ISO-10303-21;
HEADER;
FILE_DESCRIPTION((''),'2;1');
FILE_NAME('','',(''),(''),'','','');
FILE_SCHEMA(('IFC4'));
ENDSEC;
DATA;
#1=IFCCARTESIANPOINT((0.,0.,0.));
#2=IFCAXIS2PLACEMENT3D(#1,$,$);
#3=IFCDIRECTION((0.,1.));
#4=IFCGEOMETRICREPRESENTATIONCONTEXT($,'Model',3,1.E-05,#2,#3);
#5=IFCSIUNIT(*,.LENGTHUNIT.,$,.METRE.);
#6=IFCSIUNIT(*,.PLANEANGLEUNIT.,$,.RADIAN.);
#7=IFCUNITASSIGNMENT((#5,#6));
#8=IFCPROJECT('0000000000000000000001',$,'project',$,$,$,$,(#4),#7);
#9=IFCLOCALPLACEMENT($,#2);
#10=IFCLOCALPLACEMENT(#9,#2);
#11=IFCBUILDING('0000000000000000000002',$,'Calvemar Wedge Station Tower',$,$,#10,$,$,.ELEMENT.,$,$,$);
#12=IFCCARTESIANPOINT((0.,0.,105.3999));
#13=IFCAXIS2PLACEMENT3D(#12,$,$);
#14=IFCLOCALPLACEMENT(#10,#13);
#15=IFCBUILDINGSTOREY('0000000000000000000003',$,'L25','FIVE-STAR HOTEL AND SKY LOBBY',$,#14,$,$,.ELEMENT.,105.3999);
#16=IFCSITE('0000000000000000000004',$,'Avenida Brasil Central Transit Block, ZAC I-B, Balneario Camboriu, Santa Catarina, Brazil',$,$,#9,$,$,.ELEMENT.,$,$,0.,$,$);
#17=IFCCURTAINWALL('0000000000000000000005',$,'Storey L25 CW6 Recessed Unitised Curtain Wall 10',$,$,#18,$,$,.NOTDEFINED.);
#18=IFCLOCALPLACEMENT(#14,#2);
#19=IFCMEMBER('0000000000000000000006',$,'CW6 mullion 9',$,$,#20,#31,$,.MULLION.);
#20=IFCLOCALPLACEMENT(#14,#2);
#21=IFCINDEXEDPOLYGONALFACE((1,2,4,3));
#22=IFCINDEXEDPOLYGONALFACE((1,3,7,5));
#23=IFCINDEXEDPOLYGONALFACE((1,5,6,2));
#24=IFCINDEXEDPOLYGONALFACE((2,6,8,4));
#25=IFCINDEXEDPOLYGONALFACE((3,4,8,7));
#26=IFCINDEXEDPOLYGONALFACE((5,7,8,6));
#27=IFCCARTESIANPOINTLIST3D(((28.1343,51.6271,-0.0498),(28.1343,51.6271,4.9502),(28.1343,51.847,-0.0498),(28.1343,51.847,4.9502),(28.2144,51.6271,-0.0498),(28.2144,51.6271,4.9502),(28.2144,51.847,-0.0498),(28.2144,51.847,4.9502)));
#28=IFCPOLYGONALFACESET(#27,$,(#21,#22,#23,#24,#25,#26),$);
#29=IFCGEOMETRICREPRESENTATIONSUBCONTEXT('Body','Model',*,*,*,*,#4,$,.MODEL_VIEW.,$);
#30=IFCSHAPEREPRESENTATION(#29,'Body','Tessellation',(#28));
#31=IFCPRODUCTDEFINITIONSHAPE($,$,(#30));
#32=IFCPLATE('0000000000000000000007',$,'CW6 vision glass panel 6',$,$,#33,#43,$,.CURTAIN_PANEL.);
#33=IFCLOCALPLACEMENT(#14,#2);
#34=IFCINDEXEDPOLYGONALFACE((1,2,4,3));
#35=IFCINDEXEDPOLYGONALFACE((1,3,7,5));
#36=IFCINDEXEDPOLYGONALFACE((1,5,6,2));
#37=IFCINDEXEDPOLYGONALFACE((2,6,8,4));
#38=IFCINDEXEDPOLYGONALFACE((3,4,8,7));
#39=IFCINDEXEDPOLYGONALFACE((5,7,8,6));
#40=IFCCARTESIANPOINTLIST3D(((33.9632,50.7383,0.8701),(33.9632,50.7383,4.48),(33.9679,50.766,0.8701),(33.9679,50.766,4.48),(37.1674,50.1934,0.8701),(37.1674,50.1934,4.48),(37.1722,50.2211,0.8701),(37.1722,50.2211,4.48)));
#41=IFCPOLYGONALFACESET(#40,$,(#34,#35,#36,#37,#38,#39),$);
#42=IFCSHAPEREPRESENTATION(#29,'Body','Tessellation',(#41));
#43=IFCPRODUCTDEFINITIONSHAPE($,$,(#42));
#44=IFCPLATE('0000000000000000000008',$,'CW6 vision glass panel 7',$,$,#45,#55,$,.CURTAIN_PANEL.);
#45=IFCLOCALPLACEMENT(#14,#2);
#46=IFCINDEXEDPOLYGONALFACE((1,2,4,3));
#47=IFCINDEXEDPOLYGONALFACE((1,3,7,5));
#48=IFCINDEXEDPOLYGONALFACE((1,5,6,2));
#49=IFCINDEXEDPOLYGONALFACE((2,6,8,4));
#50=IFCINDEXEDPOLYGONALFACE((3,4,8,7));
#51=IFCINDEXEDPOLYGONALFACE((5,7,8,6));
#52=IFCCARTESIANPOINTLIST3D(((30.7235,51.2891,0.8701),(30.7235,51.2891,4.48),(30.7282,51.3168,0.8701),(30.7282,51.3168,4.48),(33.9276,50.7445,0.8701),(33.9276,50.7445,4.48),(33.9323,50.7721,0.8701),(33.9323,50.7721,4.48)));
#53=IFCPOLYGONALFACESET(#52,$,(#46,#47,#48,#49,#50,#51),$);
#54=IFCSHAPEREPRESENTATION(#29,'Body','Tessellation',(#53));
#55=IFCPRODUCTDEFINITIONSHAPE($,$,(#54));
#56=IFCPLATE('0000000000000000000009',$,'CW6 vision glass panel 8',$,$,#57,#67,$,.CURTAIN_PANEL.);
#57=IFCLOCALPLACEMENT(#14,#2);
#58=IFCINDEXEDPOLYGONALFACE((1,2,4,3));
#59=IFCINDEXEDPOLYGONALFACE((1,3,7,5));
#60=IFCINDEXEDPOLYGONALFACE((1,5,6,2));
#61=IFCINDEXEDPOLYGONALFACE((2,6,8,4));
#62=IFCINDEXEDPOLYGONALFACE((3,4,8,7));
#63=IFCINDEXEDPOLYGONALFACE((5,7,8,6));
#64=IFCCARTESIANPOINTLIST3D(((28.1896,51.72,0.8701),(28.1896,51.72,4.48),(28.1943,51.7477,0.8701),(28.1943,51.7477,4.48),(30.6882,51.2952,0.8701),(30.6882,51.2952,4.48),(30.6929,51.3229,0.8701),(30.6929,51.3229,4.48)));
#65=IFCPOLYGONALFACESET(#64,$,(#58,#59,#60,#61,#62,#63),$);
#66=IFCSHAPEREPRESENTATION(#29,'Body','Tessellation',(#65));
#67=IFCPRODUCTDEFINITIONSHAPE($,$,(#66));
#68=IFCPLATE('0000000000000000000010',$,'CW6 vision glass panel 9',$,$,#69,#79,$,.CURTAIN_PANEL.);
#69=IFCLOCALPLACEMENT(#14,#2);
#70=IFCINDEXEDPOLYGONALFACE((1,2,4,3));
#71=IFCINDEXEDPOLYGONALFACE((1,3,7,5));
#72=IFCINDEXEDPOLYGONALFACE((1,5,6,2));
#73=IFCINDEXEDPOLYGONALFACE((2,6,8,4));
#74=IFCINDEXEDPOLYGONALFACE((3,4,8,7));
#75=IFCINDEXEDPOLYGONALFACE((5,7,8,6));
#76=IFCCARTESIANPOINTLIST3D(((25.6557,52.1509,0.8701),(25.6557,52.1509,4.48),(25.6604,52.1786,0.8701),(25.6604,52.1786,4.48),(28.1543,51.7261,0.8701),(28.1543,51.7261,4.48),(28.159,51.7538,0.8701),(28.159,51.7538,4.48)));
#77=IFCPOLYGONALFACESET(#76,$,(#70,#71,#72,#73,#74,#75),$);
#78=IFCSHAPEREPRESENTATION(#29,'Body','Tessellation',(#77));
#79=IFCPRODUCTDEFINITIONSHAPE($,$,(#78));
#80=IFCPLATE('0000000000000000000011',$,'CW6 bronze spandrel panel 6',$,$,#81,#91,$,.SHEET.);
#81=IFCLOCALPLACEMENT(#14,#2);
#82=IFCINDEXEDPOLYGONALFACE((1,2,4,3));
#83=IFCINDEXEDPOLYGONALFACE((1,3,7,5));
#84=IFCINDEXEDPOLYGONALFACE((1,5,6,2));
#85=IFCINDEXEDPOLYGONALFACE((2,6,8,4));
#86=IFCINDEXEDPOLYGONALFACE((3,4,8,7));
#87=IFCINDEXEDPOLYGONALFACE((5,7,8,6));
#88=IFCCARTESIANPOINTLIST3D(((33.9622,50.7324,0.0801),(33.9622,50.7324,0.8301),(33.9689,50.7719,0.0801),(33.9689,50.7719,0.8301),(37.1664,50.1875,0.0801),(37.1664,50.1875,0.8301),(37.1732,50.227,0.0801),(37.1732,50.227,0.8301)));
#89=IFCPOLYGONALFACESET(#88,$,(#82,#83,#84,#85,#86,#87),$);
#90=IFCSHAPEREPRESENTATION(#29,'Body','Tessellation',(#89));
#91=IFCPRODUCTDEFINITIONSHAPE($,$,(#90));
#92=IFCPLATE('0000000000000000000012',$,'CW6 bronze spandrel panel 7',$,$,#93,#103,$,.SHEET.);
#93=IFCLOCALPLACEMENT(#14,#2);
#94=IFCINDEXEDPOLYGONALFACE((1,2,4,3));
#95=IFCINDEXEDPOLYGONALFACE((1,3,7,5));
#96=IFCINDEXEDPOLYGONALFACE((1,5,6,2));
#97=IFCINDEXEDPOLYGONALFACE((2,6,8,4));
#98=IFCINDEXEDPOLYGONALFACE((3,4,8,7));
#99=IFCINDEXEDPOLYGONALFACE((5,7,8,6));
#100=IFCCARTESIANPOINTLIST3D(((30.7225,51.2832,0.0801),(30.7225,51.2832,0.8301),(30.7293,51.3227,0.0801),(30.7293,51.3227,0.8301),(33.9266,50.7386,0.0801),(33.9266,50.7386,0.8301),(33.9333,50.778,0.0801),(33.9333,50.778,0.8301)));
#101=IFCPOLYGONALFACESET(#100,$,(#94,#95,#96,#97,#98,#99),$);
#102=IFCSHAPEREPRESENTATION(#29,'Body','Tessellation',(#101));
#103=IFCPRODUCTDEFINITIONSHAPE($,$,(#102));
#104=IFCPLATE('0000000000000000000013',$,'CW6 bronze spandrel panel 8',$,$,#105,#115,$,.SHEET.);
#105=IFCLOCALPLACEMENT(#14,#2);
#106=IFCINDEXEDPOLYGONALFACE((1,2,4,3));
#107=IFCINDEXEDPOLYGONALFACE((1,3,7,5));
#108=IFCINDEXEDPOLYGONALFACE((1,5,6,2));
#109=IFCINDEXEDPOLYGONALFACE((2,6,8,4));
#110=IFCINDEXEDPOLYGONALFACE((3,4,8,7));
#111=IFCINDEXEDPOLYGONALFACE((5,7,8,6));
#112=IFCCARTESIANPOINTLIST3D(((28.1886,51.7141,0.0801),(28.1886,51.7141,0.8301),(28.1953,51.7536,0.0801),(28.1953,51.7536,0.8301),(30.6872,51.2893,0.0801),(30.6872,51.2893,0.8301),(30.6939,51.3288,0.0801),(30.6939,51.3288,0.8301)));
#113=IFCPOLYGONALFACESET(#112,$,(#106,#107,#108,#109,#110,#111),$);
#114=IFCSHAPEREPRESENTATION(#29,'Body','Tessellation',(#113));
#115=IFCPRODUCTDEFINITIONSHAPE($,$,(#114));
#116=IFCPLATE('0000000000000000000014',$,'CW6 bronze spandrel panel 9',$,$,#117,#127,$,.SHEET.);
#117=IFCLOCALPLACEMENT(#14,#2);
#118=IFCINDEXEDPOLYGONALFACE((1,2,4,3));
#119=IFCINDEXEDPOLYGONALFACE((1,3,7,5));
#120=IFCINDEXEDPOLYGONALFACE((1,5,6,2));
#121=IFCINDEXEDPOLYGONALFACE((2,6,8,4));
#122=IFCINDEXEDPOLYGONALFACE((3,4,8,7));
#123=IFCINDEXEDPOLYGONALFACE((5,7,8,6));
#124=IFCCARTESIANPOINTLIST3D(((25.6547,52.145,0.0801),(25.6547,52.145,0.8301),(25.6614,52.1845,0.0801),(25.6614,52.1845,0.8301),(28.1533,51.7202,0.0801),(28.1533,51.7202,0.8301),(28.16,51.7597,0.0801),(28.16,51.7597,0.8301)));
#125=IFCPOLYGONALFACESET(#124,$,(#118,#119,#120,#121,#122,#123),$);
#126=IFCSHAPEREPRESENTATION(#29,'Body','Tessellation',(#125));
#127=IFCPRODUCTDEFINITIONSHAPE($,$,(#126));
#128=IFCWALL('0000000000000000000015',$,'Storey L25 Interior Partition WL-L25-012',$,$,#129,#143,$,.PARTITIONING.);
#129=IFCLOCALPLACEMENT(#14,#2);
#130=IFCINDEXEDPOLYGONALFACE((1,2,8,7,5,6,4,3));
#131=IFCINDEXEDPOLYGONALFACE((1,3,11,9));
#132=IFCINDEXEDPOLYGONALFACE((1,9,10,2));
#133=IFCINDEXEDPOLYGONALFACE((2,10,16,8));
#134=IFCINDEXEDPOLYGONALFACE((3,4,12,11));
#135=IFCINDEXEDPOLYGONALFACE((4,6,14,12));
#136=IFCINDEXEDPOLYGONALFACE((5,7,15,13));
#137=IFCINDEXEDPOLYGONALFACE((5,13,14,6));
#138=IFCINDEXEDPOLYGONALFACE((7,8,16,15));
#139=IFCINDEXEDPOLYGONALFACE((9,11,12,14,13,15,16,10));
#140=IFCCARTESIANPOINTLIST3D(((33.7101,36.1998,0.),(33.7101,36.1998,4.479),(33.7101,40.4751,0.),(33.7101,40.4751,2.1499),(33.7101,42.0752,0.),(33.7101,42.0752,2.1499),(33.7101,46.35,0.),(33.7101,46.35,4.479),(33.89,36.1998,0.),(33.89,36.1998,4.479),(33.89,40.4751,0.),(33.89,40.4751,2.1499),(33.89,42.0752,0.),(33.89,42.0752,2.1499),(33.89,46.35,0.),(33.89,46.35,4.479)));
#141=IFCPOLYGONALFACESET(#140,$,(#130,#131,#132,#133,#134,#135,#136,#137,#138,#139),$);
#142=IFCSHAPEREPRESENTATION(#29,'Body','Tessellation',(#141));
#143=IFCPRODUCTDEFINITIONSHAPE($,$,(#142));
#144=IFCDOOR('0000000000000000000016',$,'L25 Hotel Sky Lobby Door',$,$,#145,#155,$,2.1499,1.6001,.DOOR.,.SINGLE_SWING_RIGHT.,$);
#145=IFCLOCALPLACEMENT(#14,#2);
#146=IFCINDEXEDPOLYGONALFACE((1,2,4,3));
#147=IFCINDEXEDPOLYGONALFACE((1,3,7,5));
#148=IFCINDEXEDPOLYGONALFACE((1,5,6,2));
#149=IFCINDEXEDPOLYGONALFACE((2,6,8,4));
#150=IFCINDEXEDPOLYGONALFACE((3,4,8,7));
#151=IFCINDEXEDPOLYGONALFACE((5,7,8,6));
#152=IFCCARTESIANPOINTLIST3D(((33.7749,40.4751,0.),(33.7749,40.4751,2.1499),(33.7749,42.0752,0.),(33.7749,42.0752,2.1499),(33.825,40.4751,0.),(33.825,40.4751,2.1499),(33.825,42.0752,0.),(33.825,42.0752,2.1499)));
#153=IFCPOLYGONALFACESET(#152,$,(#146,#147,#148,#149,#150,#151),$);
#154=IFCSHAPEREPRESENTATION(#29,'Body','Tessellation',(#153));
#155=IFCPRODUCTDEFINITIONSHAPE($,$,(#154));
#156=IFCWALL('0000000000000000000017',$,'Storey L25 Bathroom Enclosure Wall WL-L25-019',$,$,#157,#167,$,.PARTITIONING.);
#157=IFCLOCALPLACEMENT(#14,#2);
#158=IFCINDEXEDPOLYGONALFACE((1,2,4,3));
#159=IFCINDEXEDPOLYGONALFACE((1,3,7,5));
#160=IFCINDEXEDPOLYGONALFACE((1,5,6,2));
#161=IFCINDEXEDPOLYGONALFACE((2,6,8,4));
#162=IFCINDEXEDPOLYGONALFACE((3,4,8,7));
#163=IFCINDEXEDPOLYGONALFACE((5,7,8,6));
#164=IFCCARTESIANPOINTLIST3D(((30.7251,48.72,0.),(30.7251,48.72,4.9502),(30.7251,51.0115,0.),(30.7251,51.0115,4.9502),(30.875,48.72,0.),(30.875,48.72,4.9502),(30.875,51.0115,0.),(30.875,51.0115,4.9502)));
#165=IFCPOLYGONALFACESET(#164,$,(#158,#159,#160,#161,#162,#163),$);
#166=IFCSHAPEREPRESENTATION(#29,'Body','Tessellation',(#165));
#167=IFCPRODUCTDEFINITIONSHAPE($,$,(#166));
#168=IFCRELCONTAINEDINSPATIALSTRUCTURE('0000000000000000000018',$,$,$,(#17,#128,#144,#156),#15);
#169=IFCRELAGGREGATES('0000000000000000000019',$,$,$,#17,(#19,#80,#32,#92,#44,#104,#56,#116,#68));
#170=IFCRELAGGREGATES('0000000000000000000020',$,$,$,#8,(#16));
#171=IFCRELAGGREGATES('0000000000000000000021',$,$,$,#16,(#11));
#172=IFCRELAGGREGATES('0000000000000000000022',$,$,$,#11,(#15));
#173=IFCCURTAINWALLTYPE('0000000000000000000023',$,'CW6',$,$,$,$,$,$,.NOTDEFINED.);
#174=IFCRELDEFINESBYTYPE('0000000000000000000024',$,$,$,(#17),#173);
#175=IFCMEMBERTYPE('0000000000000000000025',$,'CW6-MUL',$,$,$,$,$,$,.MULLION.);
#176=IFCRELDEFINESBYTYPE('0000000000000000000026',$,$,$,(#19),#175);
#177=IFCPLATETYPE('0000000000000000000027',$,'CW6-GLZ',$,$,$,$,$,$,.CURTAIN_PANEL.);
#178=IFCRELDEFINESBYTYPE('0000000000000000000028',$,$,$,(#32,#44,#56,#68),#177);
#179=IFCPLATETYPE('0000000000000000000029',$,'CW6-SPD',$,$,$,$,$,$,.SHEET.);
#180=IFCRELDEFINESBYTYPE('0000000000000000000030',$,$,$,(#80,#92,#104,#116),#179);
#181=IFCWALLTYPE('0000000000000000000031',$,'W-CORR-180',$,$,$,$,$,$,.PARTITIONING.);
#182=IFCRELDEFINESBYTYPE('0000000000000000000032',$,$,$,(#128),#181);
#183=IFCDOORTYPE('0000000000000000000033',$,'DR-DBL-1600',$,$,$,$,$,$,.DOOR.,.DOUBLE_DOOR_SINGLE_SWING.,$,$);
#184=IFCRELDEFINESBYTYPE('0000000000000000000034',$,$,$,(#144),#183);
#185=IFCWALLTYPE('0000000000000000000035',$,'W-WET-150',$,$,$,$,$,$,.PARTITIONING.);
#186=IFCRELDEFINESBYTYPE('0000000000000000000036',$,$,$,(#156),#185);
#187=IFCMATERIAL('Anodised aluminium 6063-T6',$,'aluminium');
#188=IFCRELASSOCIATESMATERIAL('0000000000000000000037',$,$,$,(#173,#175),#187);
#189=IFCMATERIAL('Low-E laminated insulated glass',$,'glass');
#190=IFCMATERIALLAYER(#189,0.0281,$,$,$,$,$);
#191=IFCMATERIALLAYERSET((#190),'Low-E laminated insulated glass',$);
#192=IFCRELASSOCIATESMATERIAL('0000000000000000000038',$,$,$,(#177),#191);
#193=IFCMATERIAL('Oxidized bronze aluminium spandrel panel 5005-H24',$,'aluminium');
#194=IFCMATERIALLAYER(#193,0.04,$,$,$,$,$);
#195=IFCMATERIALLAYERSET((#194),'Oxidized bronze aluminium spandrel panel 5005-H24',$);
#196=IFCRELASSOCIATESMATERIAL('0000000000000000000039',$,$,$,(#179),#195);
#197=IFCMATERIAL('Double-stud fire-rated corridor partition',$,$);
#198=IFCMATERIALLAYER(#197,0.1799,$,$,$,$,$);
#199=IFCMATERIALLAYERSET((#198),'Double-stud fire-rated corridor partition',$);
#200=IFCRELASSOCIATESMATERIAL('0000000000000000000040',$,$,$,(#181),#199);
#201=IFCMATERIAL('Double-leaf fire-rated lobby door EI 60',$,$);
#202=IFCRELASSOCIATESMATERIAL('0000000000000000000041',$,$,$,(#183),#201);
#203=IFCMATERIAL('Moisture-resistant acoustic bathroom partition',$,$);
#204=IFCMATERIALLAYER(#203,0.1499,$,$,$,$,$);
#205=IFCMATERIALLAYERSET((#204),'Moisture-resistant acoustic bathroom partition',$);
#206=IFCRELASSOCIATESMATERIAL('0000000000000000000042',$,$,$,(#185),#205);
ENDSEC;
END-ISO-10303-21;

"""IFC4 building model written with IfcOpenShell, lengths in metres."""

from ifc_helpers import new_model, si_unit, direction, frame, frame_2d, origin, origin_2d, place, context, subcontext, project, spatial, rectangle, extrude, source, transform, mapped, material, layer, layer_set, material_profile, profile_set, type_object, element, fill, aggregate, save


model = new_model("IFC4")

# Units and contexts
model_context = context("Model", 3, precision=1e-05, world=origin(), true_north=direction((0.0, 1.0)))
body_context = subcontext(model_context, "Body", "Model", "MODEL_VIEW")
ifc_project = project(units=[si_unit("LENGTHUNIT", "METRE"), si_unit("PLANEANGLEUNIT", "RADIAN")], contexts=[model_context])

# Site, building, storey
site_placement = place(None, origin())
site = spatial("IfcSite", under=ifc_project, at=site_placement, Name="Avenida Brasil Central Transit Block, ZAC I-B, Balneario Camboriu, Santa Catarina, Brazil", CompositionType="ELEMENT", RefElevation=0.0)
building_placement = place(site_placement, origin())
building = spatial("IfcBuilding", under=site, at=building_placement, Name="Calvemar Wedge Station Tower", CompositionType="ELEMENT")
storey_placement = place(building_placement, frame((0.0, 0.0, 105.3999)))
storey = spatial("IfcBuildingStorey", under=building, at=storey_placement, Name="L25", Description="FIVE-STAR HOTEL AND SKY LOBBY", CompositionType="ELEMENT", Elevation=105.3999)

# Curtain wall, member, plates
ifc_material_1 = material(Name="Anodised aluminium 6063-T6", Category="aluminium")
curtain_wall_type = type_object("IfcCurtainWallType", Name="CW6", PredefinedType="NOTDEFINED", material=ifc_material_1)
curtain_wall_placement = place(storey_placement, origin())
curtain_wall = element("IfcCurtainWall", 1, at=curtain_wall_placement, inside=storey, type_object=curtain_wall_type, Name="Storey L25 CW6 Recessed Unitised Curtain Wall 10", PredefinedType="NOTDEFINED")
ifc_material_profile_1 = material_profile(ifc_material_1, rectangle(XDim=0.0801, YDim=0.22, at=origin_2d()), Name="AL-MUL-80x220")
ifc_profile_set_1 = profile_set([ifc_material_profile_1], Name="Anodised aluminium 6063-T6")
member_type = type_object("IfcMemberType", Name="CW6-MUL", PredefinedType="MULLION", material=ifc_profile_set_1)
shared_shape_1 = source(origin(), body_context, "Body", "SweptSolid", [
    extrude(rectangle(XDim=0.0801, YDim=0.22, at=origin_2d()), origin(), (0.0, 0.0, 1.0), 5.0),
])
member_1_placement = place(storey_placement, frame((28.1743, 51.7371, -0.0498), z_axis=(0.0, 0.0, 1.0), x_axis=(1.0, 0.0, 0.0)))
member_1 = element("IfcMember", 2, at=member_1_placement, type_object=member_type, Name="CW6 mullion 9", PredefinedType="MULLION", context=body_context, shape_type="MappedRepresentation", body=[
    mapped(shared_shape_1, transform((0.0, 0.0, 0.0), scale=1.0)),
])
ifc_material_2 = material(Name="Low-E laminated insulated glass", Category="glass")
ifc_layer_1 = layer(ifc_material_2, 0.0281)
ifc_layer_set_1 = layer_set([ifc_layer_1], Name="Low-E laminated insulated glass")
plate_type_1 = type_object("IfcPlateType", Name="CW6-GLZ", PredefinedType="CURTAIN_PANEL", material=ifc_layer_set_1)
plate_1_placement = place(storey_placement, frame((37.1697, 50.2073, 0.8701), z_axis=(0.0, 0.0, 1.0), x_axis=(-0.985847, 0.16765, 0.0)))
plate_1 = element("IfcPlate", 3, at=plate_1_placement, type_object=plate_type_1, Name="CW6 vision glass panel 6", PredefinedType="CURTAIN_PANEL", context=body_context, shape_type="SweptSolid", body=[
    extrude(rectangle(XDim=3.2502, YDim=0.0281, at=frame_2d((1.625, 0.0))), origin(), (0.0, 0.0, 1.0), 3.6099),
])
plate_2_placement = place(storey_placement, frame((33.9299, 50.7583, 0.8701), z_axis=(0.0, 0.0, 1.0), x_axis=(-0.985857, 0.16759, 0.0)))
plate_2 = element("IfcPlate", 4, at=plate_2_placement, type_object=plate_type_1, Name="CW6 vision glass panel 7", PredefinedType="CURTAIN_PANEL", context=body_context, shape_type="SweptSolid", body=[
    extrude(rectangle(XDim=3.25, YDim=0.0281, at=frame_2d((1.625, 0.0))), origin(), (0.0, 0.0, 1.0), 3.6099),
])
plate_3_placement = place(storey_placement, frame((30.6904, 51.3091, 0.8701), z_axis=(0.0, 0.0, 1.0), x_axis=(-0.985852, 0.167616, 0.0)))
plate_3 = element("IfcPlate", 5, at=plate_3_placement, type_object=plate_type_1, Name="CW6 vision glass panel 8", PredefinedType="CURTAIN_PANEL", context=body_context, shape_type="SweptSolid", body=[
    extrude(rectangle(XDim=2.5344, YDim=0.0281, at=frame_2d((1.2671, 0.0))), origin(), (0.0, 0.0, 1.0), 3.6099),
])
plate_4_placement = place(storey_placement, frame((28.1565, 51.74, 0.8701), z_axis=(0.0, 0.0, 1.0), x_axis=(-0.985852, 0.167616, 0.0)))
plate_4 = element("IfcPlate", 6, at=plate_4_placement, type_object=plate_type_1, Name="CW6 vision glass panel 9", PredefinedType="CURTAIN_PANEL", context=body_context, shape_type="SweptSolid", body=[
    extrude(rectangle(XDim=2.5344, YDim=0.0281, at=frame_2d((1.2671, 0.0))), origin(), (0.0, 0.0, 1.0), 3.6099),
])
ifc_material_3 = material(Name="Oxidized bronze aluminium spandrel panel 5005-H24", Category="aluminium")
ifc_layer_2 = layer(ifc_material_3, 0.04)
ifc_layer_set_2 = layer_set([ifc_layer_2], Name="Oxidized bronze aluminium spandrel panel 5005-H24")
plate_type_2 = type_object("IfcPlateType", Name="CW6-SPD", PredefinedType="SHEET", material=ifc_layer_set_2)
plate_5_placement = place(storey_placement, frame((37.1697, 50.2073, 0.0801), z_axis=(0.0, 0.0, 1.0), x_axis=(-0.985847, 0.16765, 0.0)))
plate_5 = element("IfcPlate", 7, at=plate_5_placement, type_object=plate_type_2, Name="CW6 bronze spandrel panel 6", PredefinedType="SHEET", context=body_context, shape_type="SweptSolid", body=[
    extrude(rectangle(XDim=3.2502, YDim=0.04, at=frame_2d((1.625, 0.0))), origin(), (0.0, 0.0, 1.0), 0.75),
])
plate_6_placement = place(storey_placement, frame((33.9299, 50.7583, 0.0801), z_axis=(0.0, 0.0, 1.0), x_axis=(-0.985857, 0.16759, 0.0)))
plate_6 = element("IfcPlate", 8, at=plate_6_placement, type_object=plate_type_2, Name="CW6 bronze spandrel panel 7", PredefinedType="SHEET", context=body_context, shape_type="SweptSolid", body=[
    extrude(rectangle(XDim=3.25, YDim=0.04, at=frame_2d((1.625, 0.0))), origin(), (0.0, 0.0, 1.0), 0.75),
])
plate_7_placement = place(storey_placement, frame((30.6904, 51.3091, 0.0801), z_axis=(0.0, 0.0, 1.0), x_axis=(-0.985852, 0.167616, 0.0)))
plate_7 = element("IfcPlate", 9, at=plate_7_placement, type_object=plate_type_2, Name="CW6 bronze spandrel panel 8", PredefinedType="SHEET", context=body_context, shape_type="SweptSolid", body=[
    extrude(rectangle(XDim=2.5344, YDim=0.04, at=frame_2d((1.2671, 0.0))), origin(), (0.0, 0.0, 1.0), 0.75),
])
plate_8_placement = place(storey_placement, frame((28.1565, 51.74, 0.0801), z_axis=(0.0, 0.0, 1.0), x_axis=(-0.985852, 0.167616, 0.0)))
plate_8 = element("IfcPlate", 10, at=plate_8_placement, type_object=plate_type_2, Name="CW6 bronze spandrel panel 9", PredefinedType="SHEET", context=body_context, shape_type="SweptSolid", body=[
    extrude(rectangle(XDim=2.5344, YDim=0.04, at=frame_2d((1.2671, 0.0))), origin(), (0.0, 0.0, 1.0), 0.75),
])
aggregate(curtain_wall, [member_1, plate_5, plate_1, plate_6, plate_2, plate_7, plate_3, plate_8, plate_4])

# Wall, opening, door
ifc_material_4 = material(Name="Double-stud fire-rated corridor partition")
ifc_layer_3 = layer(ifc_material_4, 0.1799)
ifc_layer_set_3 = layer_set([ifc_layer_3], Name="Double-stud fire-rated corridor partition")
wall_type_1 = type_object("IfcWallType", Name="W-CORR-180", PredefinedType="PARTITIONING", material=ifc_layer_set_3)
wall_1_placement = place(storey_placement, frame((33.8, 46.3501, 0.0), z_axis=(0.0, 0.0, 1.0), x_axis=(0.0, -1.0, 0.0)))
wall_1 = element("IfcWall", 11, at=wall_1_placement, inside=storey, type_object=wall_type_1, Name="Storey L25 Interior Partition WL-L25-012", PredefinedType="PARTITIONING", context=body_context, shape_type="SweptSolid", body=[
    extrude(rectangle(XDim=10.1501, YDim=0.1799, at=frame_2d((5.0752, 0.0))), origin(), (0.0, 0.0, 1.0), 4.479),
])
shared_shape_2 = source(origin(), body_context, "Body", "SweptSolid", [
    extrude(rectangle(XDim=1.6001, YDim=2.1499, at=frame_2d((0.8, 1.075))), frame((0.0, 0.1001, 0.0), z_axis=(0.0, -1.0, 0.0), x_axis=(1.0, 0.0, 0.0)), (0.0, 0.0, 1.0), 0.2),
])
opening_placement = place(wall_1_placement, frame((4.2749, 0.0, 0.0)))
opening = element("IfcOpeningElement", 12, at=opening_placement, cuts=wall_1, PredefinedType="OPENING", context=body_context, shape_type="MappedRepresentation", body=[
    mapped(shared_shape_2, transform((0.0, 0.0, 0.0), scale=1.0)),
])
ifc_material_5 = material(Name="Double-leaf fire-rated lobby door EI 60")
door_type = type_object("IfcDoorType", Name="DR-DBL-1600", OperationType="DOUBLE_DOOR_SINGLE_SWING", PredefinedType="DOOR", material=ifc_material_5)
shared_shape_3 = source(origin(), body_context, "Body", "SweptSolid", [
    extrude(rectangle(XDim=1.6001, YDim=2.1499, at=frame_2d((0.8, 1.075))), frame((0.0, 0.0249, 0.0), z_axis=(0.0, -1.0, 0.0), x_axis=(1.0, 0.0, 0.0)), (0.0, 0.0, 1.0), 0.05),
])
door_placement = place(opening_placement, origin())
door = element("IfcDoor", 13, at=door_placement, inside=storey, type_object=door_type, Name="L25 Hotel Sky Lobby Door", OperationType="SINGLE_SWING_RIGHT", OverallHeight=2.1499, OverallWidth=1.6001, PredefinedType="DOOR", context=body_context, shape_type="MappedRepresentation", body=[
    mapped(shared_shape_3, transform((0.0, 0.0, 0.0), scale=1.0)),
])
fill(opening, door)

# Wall
ifc_material_6 = material(Name="Moisture-resistant acoustic bathroom partition")
ifc_layer_4 = layer(ifc_material_6, 0.1499)
ifc_layer_set_4 = layer_set([ifc_layer_4], Name="Moisture-resistant acoustic bathroom partition")
wall_type_2 = type_object("IfcWallType", Name="W-WET-150", PredefinedType="PARTITIONING", material=ifc_layer_set_4)
wall_2_placement = place(storey_placement, frame((30.8, 51.0115, 0.0), z_axis=(0.0, 0.0, 1.0), x_axis=(0.0, -1.0, 0.0)))
element("IfcWall", 14, at=wall_2_placement, inside=storey, type_object=wall_type_2, Name="Storey L25 Bathroom Enclosure Wall WL-L25-019", PredefinedType="PARTITIONING", context=body_context, shape_type="SweptSolid", body=[
    extrude(rectangle(XDim=2.2915, YDim=0.1499, at=frame_2d((1.1458, 0.0))), origin(), (0.0, 0.0, 1.0), 4.9502),
])

save(model, "model.ifc")
